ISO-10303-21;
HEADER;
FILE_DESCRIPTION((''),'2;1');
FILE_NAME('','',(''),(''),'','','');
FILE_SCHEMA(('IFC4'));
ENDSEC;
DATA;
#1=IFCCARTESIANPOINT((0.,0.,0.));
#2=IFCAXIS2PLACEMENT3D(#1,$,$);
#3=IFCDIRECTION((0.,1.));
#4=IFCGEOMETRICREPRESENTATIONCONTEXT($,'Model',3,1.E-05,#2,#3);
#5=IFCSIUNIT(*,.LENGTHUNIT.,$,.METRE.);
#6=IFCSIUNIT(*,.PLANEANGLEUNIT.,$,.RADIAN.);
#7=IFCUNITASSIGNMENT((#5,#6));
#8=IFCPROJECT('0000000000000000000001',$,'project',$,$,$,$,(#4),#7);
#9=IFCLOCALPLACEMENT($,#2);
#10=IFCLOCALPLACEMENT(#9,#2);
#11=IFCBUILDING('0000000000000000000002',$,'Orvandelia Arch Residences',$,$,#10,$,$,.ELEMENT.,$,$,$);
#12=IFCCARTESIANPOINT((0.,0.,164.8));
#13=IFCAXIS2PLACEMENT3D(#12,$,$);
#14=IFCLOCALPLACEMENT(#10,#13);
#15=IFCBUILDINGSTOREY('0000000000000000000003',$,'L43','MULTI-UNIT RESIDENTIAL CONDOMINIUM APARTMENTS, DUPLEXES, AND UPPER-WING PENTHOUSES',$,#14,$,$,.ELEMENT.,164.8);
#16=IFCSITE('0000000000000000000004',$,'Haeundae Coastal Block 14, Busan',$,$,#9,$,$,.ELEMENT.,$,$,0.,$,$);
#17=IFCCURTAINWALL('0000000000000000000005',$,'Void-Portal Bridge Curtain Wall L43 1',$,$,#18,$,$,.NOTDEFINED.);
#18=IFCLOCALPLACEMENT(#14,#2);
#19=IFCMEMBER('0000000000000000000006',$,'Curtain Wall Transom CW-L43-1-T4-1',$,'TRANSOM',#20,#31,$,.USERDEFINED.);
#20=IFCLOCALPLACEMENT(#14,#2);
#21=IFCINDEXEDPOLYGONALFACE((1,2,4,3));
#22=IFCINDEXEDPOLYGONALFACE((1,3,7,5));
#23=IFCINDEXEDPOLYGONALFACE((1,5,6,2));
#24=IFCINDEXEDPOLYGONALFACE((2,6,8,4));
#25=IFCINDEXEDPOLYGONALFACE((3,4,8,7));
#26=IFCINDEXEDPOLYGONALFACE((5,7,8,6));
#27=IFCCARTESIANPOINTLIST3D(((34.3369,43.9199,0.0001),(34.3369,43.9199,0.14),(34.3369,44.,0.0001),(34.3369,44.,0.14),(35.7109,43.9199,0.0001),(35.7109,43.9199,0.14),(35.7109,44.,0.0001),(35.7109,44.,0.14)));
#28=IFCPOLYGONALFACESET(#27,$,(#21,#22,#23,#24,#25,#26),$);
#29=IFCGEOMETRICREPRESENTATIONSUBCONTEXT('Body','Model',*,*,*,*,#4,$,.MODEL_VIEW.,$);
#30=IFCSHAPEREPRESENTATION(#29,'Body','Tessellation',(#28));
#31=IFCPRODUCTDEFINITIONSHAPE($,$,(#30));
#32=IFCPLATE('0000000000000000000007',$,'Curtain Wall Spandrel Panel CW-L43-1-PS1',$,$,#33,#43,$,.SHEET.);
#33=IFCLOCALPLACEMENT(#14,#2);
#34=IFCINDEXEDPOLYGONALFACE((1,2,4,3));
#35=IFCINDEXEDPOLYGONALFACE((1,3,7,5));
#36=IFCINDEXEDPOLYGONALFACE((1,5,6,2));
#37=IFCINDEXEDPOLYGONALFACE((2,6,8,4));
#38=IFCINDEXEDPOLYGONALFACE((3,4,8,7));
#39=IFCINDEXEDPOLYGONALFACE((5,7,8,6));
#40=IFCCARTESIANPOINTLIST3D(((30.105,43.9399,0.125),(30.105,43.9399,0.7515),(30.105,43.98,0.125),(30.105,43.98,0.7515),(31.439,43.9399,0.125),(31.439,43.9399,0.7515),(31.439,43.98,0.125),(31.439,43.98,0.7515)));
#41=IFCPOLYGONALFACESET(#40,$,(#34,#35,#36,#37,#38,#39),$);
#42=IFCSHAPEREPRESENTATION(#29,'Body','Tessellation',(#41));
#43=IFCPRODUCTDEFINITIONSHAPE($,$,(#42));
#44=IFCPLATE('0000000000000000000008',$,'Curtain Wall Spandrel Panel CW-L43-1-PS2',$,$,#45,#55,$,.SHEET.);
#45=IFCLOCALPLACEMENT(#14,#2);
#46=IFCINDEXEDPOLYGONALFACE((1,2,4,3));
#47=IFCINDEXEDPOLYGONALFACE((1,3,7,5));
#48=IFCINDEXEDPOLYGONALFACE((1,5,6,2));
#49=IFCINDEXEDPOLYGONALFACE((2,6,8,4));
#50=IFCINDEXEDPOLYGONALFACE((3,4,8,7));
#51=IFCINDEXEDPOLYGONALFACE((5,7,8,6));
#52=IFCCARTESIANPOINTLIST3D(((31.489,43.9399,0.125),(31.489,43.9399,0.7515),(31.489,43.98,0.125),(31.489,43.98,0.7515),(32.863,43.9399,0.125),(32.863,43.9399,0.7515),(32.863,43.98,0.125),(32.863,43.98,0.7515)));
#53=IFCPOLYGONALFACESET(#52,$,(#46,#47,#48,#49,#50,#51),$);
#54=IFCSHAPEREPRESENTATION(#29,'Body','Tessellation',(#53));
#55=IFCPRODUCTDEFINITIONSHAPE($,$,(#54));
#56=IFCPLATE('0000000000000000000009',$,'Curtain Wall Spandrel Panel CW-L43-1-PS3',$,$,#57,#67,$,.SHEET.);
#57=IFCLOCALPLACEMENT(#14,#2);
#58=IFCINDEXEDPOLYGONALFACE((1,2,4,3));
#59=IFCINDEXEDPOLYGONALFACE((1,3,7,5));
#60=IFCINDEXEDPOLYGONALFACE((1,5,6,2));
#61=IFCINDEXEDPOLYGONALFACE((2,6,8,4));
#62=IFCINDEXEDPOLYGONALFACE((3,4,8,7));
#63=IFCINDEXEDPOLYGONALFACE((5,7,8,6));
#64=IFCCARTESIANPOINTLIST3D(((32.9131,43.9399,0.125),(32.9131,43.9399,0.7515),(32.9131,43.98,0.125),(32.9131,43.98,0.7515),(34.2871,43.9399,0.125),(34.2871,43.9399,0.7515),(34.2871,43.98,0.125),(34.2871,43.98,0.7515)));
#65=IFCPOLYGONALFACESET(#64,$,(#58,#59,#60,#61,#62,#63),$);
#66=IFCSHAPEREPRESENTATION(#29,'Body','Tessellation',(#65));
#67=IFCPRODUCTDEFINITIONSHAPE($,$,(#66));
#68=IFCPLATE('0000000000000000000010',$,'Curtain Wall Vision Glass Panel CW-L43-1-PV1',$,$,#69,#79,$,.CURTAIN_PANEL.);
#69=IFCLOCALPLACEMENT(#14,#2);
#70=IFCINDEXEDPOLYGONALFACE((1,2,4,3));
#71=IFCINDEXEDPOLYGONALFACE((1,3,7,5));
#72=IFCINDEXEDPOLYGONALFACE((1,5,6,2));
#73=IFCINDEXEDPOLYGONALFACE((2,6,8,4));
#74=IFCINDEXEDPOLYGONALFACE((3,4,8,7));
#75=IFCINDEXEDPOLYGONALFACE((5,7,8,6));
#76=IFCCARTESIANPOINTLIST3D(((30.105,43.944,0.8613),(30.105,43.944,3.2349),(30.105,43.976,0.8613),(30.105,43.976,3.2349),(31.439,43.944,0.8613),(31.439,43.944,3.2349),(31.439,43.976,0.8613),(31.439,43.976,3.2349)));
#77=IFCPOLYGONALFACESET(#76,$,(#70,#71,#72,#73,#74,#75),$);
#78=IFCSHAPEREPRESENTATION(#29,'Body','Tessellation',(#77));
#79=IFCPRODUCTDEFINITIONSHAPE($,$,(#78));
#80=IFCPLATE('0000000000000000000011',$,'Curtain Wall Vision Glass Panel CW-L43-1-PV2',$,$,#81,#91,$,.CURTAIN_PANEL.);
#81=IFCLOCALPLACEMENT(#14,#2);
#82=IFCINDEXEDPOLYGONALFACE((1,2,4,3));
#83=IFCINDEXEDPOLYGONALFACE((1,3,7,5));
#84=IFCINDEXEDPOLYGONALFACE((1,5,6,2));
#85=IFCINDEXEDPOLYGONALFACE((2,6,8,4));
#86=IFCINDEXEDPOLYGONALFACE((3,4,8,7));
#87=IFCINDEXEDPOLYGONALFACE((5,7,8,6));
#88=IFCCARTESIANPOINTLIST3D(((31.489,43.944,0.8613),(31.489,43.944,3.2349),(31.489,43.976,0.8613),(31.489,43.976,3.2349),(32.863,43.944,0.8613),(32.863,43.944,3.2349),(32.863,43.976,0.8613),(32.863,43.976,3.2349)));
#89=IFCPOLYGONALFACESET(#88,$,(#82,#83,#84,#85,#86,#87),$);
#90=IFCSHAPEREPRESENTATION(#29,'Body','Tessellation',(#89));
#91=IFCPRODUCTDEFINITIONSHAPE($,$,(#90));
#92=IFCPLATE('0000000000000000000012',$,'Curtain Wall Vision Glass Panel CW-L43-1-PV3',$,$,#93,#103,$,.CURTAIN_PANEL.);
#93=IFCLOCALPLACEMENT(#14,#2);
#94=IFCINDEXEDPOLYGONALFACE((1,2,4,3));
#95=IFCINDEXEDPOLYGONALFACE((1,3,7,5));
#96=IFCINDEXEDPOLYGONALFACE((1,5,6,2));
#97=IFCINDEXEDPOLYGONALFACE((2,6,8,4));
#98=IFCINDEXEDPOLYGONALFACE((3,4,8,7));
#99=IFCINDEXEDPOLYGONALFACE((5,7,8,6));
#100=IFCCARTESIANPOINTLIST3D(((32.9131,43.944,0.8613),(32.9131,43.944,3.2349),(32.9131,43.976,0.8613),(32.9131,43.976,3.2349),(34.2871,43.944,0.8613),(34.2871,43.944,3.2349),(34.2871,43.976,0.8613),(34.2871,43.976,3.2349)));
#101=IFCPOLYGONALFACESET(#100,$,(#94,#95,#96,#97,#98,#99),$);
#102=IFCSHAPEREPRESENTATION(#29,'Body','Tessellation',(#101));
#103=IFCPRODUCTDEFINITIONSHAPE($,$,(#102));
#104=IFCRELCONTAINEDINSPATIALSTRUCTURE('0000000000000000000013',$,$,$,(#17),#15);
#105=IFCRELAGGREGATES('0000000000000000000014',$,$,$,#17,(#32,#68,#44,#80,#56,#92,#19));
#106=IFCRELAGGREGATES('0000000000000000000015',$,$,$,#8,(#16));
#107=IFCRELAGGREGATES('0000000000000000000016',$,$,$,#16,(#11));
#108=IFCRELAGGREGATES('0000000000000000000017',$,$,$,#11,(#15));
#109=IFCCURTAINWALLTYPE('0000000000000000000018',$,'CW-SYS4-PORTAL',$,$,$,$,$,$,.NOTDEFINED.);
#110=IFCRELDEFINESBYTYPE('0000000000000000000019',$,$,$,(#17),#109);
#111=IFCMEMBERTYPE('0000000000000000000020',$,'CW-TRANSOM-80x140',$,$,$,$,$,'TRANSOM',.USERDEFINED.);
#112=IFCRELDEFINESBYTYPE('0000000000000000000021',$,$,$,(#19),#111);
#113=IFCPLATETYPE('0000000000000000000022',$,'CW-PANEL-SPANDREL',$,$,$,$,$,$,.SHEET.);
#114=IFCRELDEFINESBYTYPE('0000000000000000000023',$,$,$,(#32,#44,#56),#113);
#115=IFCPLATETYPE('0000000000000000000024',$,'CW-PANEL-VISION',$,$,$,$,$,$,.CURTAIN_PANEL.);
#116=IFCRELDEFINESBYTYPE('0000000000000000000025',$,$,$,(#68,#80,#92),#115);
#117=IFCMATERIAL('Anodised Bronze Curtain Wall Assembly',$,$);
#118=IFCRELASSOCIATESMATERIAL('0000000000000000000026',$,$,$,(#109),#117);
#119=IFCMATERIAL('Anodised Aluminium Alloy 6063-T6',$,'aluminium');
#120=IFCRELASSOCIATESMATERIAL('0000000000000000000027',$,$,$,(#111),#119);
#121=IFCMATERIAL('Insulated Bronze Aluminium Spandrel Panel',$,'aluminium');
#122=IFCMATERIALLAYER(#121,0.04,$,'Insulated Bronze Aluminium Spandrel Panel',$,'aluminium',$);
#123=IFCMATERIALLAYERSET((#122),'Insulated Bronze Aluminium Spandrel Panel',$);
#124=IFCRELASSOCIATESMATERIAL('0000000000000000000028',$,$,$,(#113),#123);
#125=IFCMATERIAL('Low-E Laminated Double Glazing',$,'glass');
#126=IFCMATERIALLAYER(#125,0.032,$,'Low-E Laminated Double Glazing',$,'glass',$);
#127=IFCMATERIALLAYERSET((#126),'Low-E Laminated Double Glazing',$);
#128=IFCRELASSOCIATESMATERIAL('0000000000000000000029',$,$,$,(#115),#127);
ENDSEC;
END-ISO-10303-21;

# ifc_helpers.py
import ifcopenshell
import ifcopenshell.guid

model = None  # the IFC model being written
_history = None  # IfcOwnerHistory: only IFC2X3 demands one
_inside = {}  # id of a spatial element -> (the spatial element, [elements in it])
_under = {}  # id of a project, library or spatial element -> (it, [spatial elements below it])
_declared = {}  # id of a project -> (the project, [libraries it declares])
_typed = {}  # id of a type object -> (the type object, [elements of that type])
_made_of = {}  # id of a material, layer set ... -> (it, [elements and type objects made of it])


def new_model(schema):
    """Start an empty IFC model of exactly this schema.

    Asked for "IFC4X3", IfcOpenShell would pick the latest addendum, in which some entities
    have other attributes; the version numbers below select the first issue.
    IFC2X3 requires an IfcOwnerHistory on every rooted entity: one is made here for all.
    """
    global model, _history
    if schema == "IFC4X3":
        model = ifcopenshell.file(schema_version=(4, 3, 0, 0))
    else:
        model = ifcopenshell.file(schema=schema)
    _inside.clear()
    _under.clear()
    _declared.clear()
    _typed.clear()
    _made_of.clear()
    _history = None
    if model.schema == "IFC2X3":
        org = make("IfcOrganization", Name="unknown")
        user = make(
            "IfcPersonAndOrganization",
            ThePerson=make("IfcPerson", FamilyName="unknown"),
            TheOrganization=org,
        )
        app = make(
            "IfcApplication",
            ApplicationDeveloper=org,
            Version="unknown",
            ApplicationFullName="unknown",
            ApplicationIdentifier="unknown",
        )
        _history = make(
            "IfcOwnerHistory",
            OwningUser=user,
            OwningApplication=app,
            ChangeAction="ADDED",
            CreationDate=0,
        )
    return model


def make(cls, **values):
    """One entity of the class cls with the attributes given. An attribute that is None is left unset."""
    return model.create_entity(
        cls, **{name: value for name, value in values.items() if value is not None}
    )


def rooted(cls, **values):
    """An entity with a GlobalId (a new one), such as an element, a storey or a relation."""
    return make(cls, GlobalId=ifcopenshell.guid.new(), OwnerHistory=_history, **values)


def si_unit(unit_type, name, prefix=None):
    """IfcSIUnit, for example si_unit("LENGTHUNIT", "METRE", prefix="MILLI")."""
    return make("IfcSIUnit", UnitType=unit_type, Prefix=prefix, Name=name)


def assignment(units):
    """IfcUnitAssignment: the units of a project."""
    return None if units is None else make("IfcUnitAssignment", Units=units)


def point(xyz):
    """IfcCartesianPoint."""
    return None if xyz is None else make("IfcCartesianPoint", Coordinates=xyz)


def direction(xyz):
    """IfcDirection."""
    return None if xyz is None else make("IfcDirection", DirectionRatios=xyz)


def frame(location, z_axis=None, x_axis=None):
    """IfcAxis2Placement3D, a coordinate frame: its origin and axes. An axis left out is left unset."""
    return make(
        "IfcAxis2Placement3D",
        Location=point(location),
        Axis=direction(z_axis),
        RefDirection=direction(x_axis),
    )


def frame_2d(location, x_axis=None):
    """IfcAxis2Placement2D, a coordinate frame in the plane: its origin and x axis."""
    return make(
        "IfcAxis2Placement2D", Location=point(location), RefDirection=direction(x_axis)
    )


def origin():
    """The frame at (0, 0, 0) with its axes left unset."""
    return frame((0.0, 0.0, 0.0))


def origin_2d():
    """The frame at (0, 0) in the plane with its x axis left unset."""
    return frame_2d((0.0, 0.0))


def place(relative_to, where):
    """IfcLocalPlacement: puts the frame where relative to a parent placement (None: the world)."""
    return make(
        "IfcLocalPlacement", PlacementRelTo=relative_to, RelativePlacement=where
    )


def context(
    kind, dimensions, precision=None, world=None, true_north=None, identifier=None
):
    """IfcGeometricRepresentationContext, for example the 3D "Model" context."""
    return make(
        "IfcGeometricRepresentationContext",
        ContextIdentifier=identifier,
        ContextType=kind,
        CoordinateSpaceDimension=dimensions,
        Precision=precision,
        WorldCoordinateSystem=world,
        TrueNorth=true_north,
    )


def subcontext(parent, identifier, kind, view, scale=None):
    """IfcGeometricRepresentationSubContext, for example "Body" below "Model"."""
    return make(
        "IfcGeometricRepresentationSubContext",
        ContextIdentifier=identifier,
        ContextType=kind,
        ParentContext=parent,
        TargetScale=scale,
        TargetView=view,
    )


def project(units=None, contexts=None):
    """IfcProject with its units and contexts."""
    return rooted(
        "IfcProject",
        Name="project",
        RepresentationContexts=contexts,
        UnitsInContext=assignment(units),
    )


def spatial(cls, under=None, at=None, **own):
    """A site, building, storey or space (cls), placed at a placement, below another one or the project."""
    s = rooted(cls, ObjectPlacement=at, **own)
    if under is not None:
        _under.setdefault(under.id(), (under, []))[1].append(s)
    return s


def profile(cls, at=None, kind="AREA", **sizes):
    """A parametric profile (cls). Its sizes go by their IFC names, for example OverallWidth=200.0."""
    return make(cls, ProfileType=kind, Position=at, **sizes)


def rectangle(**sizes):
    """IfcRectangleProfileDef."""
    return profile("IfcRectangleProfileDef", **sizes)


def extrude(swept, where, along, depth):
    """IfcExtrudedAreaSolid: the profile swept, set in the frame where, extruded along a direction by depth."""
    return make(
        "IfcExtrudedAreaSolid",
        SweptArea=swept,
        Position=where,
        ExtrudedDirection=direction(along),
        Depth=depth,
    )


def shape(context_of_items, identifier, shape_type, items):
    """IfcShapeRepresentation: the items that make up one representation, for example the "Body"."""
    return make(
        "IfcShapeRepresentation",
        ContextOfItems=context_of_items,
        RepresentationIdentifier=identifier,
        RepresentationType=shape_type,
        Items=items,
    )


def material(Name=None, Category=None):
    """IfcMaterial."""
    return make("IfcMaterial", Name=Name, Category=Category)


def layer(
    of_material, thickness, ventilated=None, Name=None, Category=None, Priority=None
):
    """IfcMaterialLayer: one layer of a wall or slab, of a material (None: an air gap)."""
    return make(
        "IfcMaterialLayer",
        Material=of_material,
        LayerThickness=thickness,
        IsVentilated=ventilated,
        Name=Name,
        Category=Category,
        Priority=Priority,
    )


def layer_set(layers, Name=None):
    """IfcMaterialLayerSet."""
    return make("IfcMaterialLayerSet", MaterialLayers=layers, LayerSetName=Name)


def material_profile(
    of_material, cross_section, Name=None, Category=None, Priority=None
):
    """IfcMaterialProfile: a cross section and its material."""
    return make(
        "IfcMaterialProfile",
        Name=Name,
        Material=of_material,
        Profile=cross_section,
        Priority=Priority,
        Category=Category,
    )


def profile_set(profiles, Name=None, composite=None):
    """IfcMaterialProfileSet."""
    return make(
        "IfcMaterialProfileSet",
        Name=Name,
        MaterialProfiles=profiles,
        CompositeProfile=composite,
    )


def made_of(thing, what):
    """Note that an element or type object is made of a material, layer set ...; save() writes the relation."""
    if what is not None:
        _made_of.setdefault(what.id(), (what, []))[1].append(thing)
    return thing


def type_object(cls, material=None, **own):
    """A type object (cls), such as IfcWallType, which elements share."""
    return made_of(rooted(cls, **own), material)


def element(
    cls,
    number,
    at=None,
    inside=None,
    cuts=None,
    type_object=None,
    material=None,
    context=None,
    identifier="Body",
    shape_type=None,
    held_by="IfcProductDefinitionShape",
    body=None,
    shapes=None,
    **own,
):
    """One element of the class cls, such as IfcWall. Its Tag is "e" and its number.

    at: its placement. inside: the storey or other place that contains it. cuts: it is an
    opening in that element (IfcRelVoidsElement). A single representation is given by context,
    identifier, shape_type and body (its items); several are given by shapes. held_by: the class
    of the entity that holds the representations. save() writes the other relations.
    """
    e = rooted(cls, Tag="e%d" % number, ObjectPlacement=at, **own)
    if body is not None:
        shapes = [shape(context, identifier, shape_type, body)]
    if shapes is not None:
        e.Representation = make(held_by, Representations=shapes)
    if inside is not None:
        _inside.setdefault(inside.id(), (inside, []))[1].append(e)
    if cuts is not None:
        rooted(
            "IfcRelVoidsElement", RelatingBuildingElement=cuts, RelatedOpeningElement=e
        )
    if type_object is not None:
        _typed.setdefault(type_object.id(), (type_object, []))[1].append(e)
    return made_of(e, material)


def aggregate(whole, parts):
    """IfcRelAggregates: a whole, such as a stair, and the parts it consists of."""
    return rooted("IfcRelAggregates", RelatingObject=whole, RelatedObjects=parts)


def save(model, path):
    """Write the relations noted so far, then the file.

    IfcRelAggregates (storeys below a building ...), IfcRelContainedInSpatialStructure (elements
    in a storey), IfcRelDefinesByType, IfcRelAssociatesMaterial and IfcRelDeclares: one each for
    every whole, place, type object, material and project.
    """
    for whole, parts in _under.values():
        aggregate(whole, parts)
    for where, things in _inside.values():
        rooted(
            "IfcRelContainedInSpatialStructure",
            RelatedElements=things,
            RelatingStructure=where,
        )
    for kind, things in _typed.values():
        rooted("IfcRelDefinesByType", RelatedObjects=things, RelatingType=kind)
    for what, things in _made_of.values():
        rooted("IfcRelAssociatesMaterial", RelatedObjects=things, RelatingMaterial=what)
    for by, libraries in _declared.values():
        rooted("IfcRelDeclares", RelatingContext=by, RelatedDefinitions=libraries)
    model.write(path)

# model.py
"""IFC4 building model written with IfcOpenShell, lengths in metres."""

from ifc_helpers import new_model, si_unit, direction, frame, origin, origin_2d, place, context, subcontext, project, spatial, rectangle, extrude, material, layer, layer_set, material_profile, profile_set, type_object, element, aggregate, save


model = new_model("IFC4")

# Units and contexts
model_context = context("Model", 3, precision=1e-05, world=origin(), true_north=direction((0.0, 1.0)))
body_context = subcontext(model_context, "Body", "Model", "MODEL_VIEW")
ifc_project = project(units=[si_unit("LENGTHUNIT", "METRE"), si_unit("PLANEANGLEUNIT", "RADIAN")], contexts=[model_context])

# Site, building, storey
site_placement = place(None, origin())
site = spatial("IfcSite", under=ifc_project, at=site_placement, Name="Haeundae Coastal Block 14, Busan", CompositionType="ELEMENT", RefElevation=0.0)
building_placement = place(site_placement, origin())
building = spatial("IfcBuilding", under=site, at=building_placement, Name="Orvandelia Arch Residences", CompositionType="ELEMENT")
storey_placement = place(building_placement, frame((0.0, 0.0, 164.8)))
storey = spatial("IfcBuildingStorey", under=building, at=storey_placement, Name="L43", Description="MULTI-UNIT RESIDENTIAL CONDOMINIUM APARTMENTS, DUPLEXES, AND UPPER-WING PENTHOUSES", CompositionType="ELEMENT", Elevation=164.8)

# Curtain wall, member, plates
ifc_material_1 = material(Name="Anodised Bronze Curtain Wall Assembly")
curtain_wall_type = type_object("IfcCurtainWallType", Name="CW-SYS4-PORTAL", PredefinedType="NOTDEFINED", material=ifc_material_1)
curtain_wall_placement = place(storey_placement, origin())
curtain_wall = element("IfcCurtainWall", 1, at=curtain_wall_placement, inside=storey, type_object=curtain_wall_type, Name="Void-Portal Bridge Curtain Wall L43 1", PredefinedType="NOTDEFINED")
ifc_material_2 = material(Name="Anodised Aluminium Alloy 6063-T6", Category="aluminium")
ifc_material_profile_1 = material_profile(ifc_material_2, rectangle(XDim=0.0801, YDim=0.1399, at=origin_2d()), Name="Anodised Aluminium Alloy 6063-T6", Category="aluminium")
ifc_profile_set_1 = profile_set([ifc_material_profile_1], Name="Anodised Aluminium Alloy 6063-T6")
member_type_1 = type_object("IfcMemberType", Name="CW-TRANSOM-80x140", ElementType="TRANSOM", PredefinedType="USERDEFINED", material=ifc_profile_set_1)
member_1_placement = place(storey_placement, frame((34.3369, 43.96, 0.0701), z_axis=(1.0, 0.0, 0.0), x_axis=(0.0, 1.0, 0.0)))
member_1 = element("IfcMember", 2, at=member_1_placement, type_object=member_type_1, Name="Curtain Wall Transom CW-L43-1-T4-1", ObjectType="TRANSOM", PredefinedType="USERDEFINED", context=body_context, shape_type="SweptSolid", body=[
    extrude(rectangle(XDim=0.0801, YDim=0.1399, at=origin_2d()), origin(), (0.0, 0.0, 1.0), 1.374),
])
ifc_material_3 = material(Name="Insulated Bronze Aluminium Spandrel Panel", Category="aluminium")
ifc_layer_1 = layer(ifc_material_3, 0.04, Name="Insulated Bronze Aluminium Spandrel Panel", Category="aluminium")
ifc_layer_set_1 = layer_set([ifc_layer_1], Name="Insulated Bronze Aluminium Spandrel Panel")
plate_type_1 = type_object("IfcPlateType", Name="CW-PANEL-SPANDREL", PredefinedType="SHEET", material=ifc_layer_set_1)
plate_1_placement = place(storey_placement, frame((30.772, 43.96, 0.125), z_axis=(0.0, 0.0, 1.0), x_axis=(1.0, 0.0, 0.0)))
plate_1 = element("IfcPlate", 3, at=plate_1_placement, type_object=plate_type_1, Name="Curtain Wall Spandrel Panel CW-L43-1-PS1", PredefinedType="SHEET", context=body_context, shape_type="SweptSolid", body=[
    extrude(rectangle(XDim=1.334, YDim=0.04, at=origin_2d()), origin(), (0.0, 0.0, 1.0), 0.6265),
])
plate_2_placement = place(storey_placement, frame((32.176, 43.96, 0.125), z_axis=(0.0, 0.0, 1.0), x_axis=(1.0, 0.0, 0.0)))
plate_2 = element("IfcPlate", 4, at=plate_2_placement, type_object=plate_type_1, Name="Curtain Wall Spandrel Panel CW-L43-1-PS2", PredefinedType="SHEET", context=body_context, shape_type="SweptSolid", body=[
    extrude(rectangle(XDim=1.374, YDim=0.04, at=origin_2d()), origin(), (0.0, 0.0, 1.0), 0.6265),
])
plate_3_placement = place(storey_placement, frame((33.6001, 43.96, 0.125), z_axis=(0.0, 0.0, 1.0), x_axis=(1.0, 0.0, 0.0)))
plate_3 = element("IfcPlate", 5, at=plate_3_placement, type_object=plate_type_1, Name="Curtain Wall Spandrel Panel CW-L43-1-PS3", PredefinedType="SHEET", context=body_context, shape_type="SweptSolid", body=[
    extrude(rectangle(XDim=1.374, YDim=0.04, at=origin_2d()), origin(), (0.0, 0.0, 1.0), 0.6265),
])
ifc_material_4 = material(Name="Low-E Laminated Double Glazing", Category="glass")
ifc_layer_2 = layer(ifc_material_4, 0.032, Name="Low-E Laminated Double Glazing", Category="glass")
ifc_layer_set_2 = layer_set([ifc_layer_2], Name="Low-E Laminated Double Glazing")
plate_type_2 = type_object("IfcPlateType", Name="CW-PANEL-VISION", PredefinedType="CURTAIN_PANEL", material=ifc_layer_set_2)
plate_4_placement = place(storey_placement, frame((30.772, 43.96, 0.8613), z_axis=(0.0, 0.0, 1.0), x_axis=(1.0, 0.0, 0.0)))
plate_4 = element("IfcPlate", 6, at=plate_4_placement, type_object=plate_type_2, Name="Curtain Wall Vision Glass Panel CW-L43-1-PV1", PredefinedType="CURTAIN_PANEL", context=body_context, shape_type="SweptSolid", body=[
    extrude(rectangle(XDim=1.334, YDim=0.032, at=origin_2d()), origin(), (0.0, 0.0, 1.0), 2.3735),
])
plate_5_placement = place(storey_placement, frame((32.176, 43.96, 0.8613), z_axis=(0.0, 0.0, 1.0), x_axis=(1.0, 0.0, 0.0)))
plate_5 = element("IfcPlate", 7, at=plate_5_placement, type_object=plate_type_2, Name="Curtain Wall Vision Glass Panel CW-L43-1-PV2", PredefinedType="CURTAIN_PANEL", context=body_context, shape_type="SweptSolid", body=[
    extrude(rectangle(XDim=1.374, YDim=0.032, at=origin_2d()), origin(), (0.0, 0.0, 1.0), 2.3735),
])
plate_6_placement = place(storey_placement, frame((33.6001, 43.96, 0.8613), z_axis=(0.0, 0.0, 1.0), x_axis=(1.0, 0.0, 0.0)))
plate_6 = element("IfcPlate", 8, at=plate_6_placement, type_object=plate_type_2, Name="Curtain Wall Vision Glass Panel CW-L43-1-PV3", PredefinedType="CURTAIN_PANEL", context=body_context, shape_type="SweptSolid", body=[
    extrude(rectangle(XDim=1.374, YDim=0.032, at=origin_2d()), origin(), (0.0, 0.0, 1.0), 2.3735),
])
aggregate(curtain_wall, [plate_1, plate_4, plate_2, plate_5, plate_3, plate_6, member_1])

save(model, "model.ifc")
